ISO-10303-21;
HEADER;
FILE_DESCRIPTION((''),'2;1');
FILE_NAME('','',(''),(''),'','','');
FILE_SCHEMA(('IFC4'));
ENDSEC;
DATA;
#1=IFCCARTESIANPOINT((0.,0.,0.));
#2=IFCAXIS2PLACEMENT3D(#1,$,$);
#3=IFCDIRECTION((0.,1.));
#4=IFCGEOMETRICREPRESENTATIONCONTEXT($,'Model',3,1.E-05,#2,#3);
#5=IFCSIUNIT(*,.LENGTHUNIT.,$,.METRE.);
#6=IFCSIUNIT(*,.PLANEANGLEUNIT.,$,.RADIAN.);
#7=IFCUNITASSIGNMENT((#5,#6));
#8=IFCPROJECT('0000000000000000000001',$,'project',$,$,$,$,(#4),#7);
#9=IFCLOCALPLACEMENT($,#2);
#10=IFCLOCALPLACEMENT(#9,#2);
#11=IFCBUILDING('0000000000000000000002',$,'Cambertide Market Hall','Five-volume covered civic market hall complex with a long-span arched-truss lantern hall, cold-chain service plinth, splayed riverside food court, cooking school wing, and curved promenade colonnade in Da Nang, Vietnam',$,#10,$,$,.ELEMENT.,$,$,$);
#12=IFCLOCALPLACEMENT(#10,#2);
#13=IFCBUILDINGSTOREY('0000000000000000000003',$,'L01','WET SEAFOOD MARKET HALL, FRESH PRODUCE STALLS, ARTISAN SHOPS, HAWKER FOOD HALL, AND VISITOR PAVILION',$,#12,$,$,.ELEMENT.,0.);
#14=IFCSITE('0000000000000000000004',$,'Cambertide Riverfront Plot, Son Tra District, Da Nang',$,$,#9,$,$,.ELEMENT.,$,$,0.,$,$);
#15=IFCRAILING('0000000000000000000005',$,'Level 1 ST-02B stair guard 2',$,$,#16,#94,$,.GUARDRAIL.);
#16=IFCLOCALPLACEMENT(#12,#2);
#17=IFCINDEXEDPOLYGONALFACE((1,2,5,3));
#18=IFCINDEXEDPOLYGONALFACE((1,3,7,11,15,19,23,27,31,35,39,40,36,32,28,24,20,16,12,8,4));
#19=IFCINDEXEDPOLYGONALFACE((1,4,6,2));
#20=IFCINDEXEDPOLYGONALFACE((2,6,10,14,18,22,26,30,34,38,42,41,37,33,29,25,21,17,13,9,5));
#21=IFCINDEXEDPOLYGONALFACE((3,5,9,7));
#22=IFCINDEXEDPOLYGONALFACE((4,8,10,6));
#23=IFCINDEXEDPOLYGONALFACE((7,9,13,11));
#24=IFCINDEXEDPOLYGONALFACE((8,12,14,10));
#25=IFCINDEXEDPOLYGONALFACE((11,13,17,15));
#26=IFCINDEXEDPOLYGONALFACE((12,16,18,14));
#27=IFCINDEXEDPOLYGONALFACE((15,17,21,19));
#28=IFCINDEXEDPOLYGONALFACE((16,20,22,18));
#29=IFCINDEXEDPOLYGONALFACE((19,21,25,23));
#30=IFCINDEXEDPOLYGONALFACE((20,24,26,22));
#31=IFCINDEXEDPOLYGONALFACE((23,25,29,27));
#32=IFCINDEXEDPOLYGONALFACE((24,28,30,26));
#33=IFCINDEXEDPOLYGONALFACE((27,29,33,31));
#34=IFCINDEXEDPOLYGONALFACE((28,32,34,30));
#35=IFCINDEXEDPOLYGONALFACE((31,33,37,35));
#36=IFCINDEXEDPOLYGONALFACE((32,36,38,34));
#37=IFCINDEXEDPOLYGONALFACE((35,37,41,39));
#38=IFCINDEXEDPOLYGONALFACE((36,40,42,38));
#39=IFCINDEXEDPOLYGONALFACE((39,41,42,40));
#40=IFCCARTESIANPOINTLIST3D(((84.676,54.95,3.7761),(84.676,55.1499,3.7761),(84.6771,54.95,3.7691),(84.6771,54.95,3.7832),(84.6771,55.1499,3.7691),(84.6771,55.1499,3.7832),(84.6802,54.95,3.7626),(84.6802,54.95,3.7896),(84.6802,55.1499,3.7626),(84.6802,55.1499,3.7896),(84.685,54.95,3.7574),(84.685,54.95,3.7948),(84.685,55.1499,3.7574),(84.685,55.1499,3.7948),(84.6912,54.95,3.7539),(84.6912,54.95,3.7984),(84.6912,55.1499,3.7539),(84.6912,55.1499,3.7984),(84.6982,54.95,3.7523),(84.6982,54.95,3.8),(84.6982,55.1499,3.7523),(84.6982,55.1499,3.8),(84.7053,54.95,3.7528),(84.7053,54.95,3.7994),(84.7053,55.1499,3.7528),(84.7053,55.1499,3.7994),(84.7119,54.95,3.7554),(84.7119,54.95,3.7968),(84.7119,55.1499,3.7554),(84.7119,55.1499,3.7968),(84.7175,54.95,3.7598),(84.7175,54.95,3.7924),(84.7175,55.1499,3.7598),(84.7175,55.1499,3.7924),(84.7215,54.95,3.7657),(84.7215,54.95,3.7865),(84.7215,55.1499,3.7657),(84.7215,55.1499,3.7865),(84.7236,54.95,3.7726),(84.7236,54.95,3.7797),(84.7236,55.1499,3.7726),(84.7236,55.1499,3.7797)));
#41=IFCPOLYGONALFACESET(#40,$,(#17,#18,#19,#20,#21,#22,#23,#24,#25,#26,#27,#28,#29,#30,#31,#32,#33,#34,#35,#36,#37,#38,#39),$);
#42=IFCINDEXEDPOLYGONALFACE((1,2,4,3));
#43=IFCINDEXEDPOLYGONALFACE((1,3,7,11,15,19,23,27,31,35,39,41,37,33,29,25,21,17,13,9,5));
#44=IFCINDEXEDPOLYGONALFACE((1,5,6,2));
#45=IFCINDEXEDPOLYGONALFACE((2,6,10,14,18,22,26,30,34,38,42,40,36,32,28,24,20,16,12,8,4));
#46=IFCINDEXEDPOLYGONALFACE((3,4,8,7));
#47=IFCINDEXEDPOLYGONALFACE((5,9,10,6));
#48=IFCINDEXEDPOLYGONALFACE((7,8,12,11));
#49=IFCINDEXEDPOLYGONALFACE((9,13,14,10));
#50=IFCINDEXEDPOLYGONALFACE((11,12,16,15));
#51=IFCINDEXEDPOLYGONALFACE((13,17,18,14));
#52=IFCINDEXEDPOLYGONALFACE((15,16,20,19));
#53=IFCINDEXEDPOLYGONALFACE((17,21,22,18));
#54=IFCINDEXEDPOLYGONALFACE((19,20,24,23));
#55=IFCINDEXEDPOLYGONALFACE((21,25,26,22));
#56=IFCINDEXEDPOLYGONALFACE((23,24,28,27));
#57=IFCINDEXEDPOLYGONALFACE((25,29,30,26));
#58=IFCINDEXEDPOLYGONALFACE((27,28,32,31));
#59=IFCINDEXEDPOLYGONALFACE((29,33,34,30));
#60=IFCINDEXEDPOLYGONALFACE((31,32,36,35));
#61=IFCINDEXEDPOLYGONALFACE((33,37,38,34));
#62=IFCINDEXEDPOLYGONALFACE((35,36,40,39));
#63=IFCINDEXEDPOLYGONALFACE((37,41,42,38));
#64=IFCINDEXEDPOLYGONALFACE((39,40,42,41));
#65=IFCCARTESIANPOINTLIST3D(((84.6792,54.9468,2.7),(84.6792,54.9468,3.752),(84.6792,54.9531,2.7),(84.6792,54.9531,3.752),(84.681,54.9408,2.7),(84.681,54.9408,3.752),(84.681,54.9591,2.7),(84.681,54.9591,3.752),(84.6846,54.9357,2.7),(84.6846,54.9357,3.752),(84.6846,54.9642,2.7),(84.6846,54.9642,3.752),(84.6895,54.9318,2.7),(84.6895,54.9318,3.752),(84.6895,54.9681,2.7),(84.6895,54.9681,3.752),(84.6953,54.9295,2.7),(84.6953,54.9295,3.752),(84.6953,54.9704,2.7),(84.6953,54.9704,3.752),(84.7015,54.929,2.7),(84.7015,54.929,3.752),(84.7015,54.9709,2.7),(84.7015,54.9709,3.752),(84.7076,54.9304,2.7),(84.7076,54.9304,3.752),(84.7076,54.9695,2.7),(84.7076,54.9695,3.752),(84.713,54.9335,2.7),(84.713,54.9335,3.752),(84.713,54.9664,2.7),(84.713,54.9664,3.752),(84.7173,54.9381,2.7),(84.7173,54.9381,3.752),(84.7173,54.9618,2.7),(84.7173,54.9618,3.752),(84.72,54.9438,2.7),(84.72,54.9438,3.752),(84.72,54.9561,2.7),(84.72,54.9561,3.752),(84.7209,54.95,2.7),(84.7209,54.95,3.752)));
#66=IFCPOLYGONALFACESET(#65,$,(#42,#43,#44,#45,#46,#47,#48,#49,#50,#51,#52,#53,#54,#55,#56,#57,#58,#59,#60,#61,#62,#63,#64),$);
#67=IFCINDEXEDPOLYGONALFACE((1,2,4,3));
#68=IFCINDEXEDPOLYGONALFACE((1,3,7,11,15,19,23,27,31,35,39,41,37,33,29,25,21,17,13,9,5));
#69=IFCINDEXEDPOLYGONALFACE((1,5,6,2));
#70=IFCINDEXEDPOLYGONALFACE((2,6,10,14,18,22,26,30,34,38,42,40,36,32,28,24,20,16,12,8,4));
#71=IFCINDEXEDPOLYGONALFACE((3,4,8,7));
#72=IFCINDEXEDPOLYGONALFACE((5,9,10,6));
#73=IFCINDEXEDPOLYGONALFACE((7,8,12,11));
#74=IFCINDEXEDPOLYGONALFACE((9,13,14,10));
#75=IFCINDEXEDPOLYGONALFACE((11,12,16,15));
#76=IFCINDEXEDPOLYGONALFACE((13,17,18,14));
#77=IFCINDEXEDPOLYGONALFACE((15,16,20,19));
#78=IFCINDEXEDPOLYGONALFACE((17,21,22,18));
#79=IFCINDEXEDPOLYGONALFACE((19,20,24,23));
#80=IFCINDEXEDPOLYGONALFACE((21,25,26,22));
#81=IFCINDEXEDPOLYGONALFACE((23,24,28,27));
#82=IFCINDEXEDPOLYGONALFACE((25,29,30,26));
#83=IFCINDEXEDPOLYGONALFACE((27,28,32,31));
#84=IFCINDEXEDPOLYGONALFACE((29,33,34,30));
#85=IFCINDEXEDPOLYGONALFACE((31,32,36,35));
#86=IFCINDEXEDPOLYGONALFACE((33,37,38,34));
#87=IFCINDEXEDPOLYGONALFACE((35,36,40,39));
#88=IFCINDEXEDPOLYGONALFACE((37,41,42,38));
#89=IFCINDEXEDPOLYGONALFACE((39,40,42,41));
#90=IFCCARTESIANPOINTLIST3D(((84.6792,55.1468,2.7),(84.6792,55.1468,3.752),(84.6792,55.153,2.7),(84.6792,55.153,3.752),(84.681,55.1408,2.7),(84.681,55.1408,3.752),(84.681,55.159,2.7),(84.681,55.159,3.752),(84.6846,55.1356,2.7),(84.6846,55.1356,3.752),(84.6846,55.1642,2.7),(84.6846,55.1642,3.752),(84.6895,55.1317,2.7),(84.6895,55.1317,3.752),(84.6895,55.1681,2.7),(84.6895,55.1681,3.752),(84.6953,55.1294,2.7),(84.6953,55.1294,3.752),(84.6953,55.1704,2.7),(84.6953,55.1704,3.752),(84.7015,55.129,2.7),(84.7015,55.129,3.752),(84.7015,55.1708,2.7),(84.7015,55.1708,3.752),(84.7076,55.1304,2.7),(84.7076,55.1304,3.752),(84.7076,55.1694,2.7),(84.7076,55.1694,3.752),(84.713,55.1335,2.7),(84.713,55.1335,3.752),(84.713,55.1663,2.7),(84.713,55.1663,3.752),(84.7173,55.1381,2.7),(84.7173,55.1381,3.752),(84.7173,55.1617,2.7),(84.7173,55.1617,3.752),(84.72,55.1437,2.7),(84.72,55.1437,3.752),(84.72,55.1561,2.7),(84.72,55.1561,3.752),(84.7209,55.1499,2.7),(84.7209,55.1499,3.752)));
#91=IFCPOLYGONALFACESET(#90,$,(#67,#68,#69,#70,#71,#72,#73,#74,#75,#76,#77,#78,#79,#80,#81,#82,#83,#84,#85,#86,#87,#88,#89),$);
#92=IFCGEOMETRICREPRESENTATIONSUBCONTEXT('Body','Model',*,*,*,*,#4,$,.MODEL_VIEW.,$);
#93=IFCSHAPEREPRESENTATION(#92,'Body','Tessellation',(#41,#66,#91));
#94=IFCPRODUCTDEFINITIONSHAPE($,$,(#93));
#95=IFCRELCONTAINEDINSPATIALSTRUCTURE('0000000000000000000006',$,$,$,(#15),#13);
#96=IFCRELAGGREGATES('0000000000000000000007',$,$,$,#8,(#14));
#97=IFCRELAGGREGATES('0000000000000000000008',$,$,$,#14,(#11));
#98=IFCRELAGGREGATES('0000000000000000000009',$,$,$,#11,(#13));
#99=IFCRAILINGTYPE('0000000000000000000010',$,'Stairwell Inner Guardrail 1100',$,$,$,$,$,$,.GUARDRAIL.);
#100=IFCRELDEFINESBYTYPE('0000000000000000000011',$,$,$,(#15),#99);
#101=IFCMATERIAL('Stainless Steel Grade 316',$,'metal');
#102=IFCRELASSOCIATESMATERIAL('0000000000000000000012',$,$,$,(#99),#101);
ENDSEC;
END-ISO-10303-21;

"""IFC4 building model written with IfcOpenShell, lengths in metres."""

from ifc_helpers import new_model, si_unit, direction, frame, origin, origin_2d, place, context, subcontext, project, spatial, circle, extrude, material, type_object, element, save


model = new_model("IFC4")

# Units and contexts
model_context = context("Model", 3, precision=1e-05, world=origin(), true_north=direction((0.0, 1.0)))
body_context = subcontext(model_context, "Body", "Model", "MODEL_VIEW")
ifc_project = project(units=[si_unit("LENGTHUNIT", "METRE"), si_unit("PLANEANGLEUNIT", "RADIAN")], contexts=[model_context])

# Site, building, storey
site_placement = place(None, origin())
site = spatial("IfcSite", under=ifc_project, at=site_placement, Name="Cambertide Riverfront Plot, Son Tra District, Da Nang", CompositionType="ELEMENT", RefElevation=0.0)
building_placement = place(site_placement, origin())
building = spatial("IfcBuilding", under=site, at=building_placement, Name="Cambertide Market Hall", Description="Five-volume covered civic market hall complex with a long-span arched-truss lantern hall, cold-chain service plinth, splayed riverside food court, cooking school wing, and curved promenade colonnade in Da Nang, Vietnam", CompositionType="ELEMENT")
storey_placement = place(building_placement, origin())
storey = spatial("IfcBuildingStorey", under=building, at=storey_placement, Name="L01", Description="WET SEAFOOD MARKET HALL, FRESH PRODUCE STALLS, ARTISAN SHOPS, HAWKER FOOD HALL, AND VISITOR PAVILION", CompositionType="ELEMENT", Elevation=0.0)

# Railing
ifc_material_1 = material(Name="Stainless Steel Grade 316", Category="metal")
railing_type_1 = type_object("IfcRailingType", Name="Stairwell Inner Guardrail 1100", PredefinedType="GUARDRAIL", material=ifc_material_1)
railing_1_placement = place(storey_placement, frame((84.7, 54.95, 2.7)))
element("IfcRailing", 1, at=railing_1_placement, inside=storey, type_object=railing_type_1, Name="Level 1 ST-02B stair guard 2", PredefinedType="GUARDRAIL", context=body_context, shape_type="SweptSolid", body=[
    extrude(circle(Radius=0.0239, at=origin_2d()), frame((0.0, 0.0, 1.0762), z_axis=(0.0, 1.0, 0.0), x_axis=(-1.0, 0.0, 0.0)), (0.0, 0.0, 1.0), 0.2),
    extrude(circle(Radius=0.021, at=origin_2d()), origin(), (0.0, 0.0, 1.0), 1.052),
    extrude(circle(Radius=0.021, at=origin_2d()), frame((0.0, 0.2, 0.0)), (0.0, 0.0, 1.0), 1.052),
])

save(model, "model.ifc")
